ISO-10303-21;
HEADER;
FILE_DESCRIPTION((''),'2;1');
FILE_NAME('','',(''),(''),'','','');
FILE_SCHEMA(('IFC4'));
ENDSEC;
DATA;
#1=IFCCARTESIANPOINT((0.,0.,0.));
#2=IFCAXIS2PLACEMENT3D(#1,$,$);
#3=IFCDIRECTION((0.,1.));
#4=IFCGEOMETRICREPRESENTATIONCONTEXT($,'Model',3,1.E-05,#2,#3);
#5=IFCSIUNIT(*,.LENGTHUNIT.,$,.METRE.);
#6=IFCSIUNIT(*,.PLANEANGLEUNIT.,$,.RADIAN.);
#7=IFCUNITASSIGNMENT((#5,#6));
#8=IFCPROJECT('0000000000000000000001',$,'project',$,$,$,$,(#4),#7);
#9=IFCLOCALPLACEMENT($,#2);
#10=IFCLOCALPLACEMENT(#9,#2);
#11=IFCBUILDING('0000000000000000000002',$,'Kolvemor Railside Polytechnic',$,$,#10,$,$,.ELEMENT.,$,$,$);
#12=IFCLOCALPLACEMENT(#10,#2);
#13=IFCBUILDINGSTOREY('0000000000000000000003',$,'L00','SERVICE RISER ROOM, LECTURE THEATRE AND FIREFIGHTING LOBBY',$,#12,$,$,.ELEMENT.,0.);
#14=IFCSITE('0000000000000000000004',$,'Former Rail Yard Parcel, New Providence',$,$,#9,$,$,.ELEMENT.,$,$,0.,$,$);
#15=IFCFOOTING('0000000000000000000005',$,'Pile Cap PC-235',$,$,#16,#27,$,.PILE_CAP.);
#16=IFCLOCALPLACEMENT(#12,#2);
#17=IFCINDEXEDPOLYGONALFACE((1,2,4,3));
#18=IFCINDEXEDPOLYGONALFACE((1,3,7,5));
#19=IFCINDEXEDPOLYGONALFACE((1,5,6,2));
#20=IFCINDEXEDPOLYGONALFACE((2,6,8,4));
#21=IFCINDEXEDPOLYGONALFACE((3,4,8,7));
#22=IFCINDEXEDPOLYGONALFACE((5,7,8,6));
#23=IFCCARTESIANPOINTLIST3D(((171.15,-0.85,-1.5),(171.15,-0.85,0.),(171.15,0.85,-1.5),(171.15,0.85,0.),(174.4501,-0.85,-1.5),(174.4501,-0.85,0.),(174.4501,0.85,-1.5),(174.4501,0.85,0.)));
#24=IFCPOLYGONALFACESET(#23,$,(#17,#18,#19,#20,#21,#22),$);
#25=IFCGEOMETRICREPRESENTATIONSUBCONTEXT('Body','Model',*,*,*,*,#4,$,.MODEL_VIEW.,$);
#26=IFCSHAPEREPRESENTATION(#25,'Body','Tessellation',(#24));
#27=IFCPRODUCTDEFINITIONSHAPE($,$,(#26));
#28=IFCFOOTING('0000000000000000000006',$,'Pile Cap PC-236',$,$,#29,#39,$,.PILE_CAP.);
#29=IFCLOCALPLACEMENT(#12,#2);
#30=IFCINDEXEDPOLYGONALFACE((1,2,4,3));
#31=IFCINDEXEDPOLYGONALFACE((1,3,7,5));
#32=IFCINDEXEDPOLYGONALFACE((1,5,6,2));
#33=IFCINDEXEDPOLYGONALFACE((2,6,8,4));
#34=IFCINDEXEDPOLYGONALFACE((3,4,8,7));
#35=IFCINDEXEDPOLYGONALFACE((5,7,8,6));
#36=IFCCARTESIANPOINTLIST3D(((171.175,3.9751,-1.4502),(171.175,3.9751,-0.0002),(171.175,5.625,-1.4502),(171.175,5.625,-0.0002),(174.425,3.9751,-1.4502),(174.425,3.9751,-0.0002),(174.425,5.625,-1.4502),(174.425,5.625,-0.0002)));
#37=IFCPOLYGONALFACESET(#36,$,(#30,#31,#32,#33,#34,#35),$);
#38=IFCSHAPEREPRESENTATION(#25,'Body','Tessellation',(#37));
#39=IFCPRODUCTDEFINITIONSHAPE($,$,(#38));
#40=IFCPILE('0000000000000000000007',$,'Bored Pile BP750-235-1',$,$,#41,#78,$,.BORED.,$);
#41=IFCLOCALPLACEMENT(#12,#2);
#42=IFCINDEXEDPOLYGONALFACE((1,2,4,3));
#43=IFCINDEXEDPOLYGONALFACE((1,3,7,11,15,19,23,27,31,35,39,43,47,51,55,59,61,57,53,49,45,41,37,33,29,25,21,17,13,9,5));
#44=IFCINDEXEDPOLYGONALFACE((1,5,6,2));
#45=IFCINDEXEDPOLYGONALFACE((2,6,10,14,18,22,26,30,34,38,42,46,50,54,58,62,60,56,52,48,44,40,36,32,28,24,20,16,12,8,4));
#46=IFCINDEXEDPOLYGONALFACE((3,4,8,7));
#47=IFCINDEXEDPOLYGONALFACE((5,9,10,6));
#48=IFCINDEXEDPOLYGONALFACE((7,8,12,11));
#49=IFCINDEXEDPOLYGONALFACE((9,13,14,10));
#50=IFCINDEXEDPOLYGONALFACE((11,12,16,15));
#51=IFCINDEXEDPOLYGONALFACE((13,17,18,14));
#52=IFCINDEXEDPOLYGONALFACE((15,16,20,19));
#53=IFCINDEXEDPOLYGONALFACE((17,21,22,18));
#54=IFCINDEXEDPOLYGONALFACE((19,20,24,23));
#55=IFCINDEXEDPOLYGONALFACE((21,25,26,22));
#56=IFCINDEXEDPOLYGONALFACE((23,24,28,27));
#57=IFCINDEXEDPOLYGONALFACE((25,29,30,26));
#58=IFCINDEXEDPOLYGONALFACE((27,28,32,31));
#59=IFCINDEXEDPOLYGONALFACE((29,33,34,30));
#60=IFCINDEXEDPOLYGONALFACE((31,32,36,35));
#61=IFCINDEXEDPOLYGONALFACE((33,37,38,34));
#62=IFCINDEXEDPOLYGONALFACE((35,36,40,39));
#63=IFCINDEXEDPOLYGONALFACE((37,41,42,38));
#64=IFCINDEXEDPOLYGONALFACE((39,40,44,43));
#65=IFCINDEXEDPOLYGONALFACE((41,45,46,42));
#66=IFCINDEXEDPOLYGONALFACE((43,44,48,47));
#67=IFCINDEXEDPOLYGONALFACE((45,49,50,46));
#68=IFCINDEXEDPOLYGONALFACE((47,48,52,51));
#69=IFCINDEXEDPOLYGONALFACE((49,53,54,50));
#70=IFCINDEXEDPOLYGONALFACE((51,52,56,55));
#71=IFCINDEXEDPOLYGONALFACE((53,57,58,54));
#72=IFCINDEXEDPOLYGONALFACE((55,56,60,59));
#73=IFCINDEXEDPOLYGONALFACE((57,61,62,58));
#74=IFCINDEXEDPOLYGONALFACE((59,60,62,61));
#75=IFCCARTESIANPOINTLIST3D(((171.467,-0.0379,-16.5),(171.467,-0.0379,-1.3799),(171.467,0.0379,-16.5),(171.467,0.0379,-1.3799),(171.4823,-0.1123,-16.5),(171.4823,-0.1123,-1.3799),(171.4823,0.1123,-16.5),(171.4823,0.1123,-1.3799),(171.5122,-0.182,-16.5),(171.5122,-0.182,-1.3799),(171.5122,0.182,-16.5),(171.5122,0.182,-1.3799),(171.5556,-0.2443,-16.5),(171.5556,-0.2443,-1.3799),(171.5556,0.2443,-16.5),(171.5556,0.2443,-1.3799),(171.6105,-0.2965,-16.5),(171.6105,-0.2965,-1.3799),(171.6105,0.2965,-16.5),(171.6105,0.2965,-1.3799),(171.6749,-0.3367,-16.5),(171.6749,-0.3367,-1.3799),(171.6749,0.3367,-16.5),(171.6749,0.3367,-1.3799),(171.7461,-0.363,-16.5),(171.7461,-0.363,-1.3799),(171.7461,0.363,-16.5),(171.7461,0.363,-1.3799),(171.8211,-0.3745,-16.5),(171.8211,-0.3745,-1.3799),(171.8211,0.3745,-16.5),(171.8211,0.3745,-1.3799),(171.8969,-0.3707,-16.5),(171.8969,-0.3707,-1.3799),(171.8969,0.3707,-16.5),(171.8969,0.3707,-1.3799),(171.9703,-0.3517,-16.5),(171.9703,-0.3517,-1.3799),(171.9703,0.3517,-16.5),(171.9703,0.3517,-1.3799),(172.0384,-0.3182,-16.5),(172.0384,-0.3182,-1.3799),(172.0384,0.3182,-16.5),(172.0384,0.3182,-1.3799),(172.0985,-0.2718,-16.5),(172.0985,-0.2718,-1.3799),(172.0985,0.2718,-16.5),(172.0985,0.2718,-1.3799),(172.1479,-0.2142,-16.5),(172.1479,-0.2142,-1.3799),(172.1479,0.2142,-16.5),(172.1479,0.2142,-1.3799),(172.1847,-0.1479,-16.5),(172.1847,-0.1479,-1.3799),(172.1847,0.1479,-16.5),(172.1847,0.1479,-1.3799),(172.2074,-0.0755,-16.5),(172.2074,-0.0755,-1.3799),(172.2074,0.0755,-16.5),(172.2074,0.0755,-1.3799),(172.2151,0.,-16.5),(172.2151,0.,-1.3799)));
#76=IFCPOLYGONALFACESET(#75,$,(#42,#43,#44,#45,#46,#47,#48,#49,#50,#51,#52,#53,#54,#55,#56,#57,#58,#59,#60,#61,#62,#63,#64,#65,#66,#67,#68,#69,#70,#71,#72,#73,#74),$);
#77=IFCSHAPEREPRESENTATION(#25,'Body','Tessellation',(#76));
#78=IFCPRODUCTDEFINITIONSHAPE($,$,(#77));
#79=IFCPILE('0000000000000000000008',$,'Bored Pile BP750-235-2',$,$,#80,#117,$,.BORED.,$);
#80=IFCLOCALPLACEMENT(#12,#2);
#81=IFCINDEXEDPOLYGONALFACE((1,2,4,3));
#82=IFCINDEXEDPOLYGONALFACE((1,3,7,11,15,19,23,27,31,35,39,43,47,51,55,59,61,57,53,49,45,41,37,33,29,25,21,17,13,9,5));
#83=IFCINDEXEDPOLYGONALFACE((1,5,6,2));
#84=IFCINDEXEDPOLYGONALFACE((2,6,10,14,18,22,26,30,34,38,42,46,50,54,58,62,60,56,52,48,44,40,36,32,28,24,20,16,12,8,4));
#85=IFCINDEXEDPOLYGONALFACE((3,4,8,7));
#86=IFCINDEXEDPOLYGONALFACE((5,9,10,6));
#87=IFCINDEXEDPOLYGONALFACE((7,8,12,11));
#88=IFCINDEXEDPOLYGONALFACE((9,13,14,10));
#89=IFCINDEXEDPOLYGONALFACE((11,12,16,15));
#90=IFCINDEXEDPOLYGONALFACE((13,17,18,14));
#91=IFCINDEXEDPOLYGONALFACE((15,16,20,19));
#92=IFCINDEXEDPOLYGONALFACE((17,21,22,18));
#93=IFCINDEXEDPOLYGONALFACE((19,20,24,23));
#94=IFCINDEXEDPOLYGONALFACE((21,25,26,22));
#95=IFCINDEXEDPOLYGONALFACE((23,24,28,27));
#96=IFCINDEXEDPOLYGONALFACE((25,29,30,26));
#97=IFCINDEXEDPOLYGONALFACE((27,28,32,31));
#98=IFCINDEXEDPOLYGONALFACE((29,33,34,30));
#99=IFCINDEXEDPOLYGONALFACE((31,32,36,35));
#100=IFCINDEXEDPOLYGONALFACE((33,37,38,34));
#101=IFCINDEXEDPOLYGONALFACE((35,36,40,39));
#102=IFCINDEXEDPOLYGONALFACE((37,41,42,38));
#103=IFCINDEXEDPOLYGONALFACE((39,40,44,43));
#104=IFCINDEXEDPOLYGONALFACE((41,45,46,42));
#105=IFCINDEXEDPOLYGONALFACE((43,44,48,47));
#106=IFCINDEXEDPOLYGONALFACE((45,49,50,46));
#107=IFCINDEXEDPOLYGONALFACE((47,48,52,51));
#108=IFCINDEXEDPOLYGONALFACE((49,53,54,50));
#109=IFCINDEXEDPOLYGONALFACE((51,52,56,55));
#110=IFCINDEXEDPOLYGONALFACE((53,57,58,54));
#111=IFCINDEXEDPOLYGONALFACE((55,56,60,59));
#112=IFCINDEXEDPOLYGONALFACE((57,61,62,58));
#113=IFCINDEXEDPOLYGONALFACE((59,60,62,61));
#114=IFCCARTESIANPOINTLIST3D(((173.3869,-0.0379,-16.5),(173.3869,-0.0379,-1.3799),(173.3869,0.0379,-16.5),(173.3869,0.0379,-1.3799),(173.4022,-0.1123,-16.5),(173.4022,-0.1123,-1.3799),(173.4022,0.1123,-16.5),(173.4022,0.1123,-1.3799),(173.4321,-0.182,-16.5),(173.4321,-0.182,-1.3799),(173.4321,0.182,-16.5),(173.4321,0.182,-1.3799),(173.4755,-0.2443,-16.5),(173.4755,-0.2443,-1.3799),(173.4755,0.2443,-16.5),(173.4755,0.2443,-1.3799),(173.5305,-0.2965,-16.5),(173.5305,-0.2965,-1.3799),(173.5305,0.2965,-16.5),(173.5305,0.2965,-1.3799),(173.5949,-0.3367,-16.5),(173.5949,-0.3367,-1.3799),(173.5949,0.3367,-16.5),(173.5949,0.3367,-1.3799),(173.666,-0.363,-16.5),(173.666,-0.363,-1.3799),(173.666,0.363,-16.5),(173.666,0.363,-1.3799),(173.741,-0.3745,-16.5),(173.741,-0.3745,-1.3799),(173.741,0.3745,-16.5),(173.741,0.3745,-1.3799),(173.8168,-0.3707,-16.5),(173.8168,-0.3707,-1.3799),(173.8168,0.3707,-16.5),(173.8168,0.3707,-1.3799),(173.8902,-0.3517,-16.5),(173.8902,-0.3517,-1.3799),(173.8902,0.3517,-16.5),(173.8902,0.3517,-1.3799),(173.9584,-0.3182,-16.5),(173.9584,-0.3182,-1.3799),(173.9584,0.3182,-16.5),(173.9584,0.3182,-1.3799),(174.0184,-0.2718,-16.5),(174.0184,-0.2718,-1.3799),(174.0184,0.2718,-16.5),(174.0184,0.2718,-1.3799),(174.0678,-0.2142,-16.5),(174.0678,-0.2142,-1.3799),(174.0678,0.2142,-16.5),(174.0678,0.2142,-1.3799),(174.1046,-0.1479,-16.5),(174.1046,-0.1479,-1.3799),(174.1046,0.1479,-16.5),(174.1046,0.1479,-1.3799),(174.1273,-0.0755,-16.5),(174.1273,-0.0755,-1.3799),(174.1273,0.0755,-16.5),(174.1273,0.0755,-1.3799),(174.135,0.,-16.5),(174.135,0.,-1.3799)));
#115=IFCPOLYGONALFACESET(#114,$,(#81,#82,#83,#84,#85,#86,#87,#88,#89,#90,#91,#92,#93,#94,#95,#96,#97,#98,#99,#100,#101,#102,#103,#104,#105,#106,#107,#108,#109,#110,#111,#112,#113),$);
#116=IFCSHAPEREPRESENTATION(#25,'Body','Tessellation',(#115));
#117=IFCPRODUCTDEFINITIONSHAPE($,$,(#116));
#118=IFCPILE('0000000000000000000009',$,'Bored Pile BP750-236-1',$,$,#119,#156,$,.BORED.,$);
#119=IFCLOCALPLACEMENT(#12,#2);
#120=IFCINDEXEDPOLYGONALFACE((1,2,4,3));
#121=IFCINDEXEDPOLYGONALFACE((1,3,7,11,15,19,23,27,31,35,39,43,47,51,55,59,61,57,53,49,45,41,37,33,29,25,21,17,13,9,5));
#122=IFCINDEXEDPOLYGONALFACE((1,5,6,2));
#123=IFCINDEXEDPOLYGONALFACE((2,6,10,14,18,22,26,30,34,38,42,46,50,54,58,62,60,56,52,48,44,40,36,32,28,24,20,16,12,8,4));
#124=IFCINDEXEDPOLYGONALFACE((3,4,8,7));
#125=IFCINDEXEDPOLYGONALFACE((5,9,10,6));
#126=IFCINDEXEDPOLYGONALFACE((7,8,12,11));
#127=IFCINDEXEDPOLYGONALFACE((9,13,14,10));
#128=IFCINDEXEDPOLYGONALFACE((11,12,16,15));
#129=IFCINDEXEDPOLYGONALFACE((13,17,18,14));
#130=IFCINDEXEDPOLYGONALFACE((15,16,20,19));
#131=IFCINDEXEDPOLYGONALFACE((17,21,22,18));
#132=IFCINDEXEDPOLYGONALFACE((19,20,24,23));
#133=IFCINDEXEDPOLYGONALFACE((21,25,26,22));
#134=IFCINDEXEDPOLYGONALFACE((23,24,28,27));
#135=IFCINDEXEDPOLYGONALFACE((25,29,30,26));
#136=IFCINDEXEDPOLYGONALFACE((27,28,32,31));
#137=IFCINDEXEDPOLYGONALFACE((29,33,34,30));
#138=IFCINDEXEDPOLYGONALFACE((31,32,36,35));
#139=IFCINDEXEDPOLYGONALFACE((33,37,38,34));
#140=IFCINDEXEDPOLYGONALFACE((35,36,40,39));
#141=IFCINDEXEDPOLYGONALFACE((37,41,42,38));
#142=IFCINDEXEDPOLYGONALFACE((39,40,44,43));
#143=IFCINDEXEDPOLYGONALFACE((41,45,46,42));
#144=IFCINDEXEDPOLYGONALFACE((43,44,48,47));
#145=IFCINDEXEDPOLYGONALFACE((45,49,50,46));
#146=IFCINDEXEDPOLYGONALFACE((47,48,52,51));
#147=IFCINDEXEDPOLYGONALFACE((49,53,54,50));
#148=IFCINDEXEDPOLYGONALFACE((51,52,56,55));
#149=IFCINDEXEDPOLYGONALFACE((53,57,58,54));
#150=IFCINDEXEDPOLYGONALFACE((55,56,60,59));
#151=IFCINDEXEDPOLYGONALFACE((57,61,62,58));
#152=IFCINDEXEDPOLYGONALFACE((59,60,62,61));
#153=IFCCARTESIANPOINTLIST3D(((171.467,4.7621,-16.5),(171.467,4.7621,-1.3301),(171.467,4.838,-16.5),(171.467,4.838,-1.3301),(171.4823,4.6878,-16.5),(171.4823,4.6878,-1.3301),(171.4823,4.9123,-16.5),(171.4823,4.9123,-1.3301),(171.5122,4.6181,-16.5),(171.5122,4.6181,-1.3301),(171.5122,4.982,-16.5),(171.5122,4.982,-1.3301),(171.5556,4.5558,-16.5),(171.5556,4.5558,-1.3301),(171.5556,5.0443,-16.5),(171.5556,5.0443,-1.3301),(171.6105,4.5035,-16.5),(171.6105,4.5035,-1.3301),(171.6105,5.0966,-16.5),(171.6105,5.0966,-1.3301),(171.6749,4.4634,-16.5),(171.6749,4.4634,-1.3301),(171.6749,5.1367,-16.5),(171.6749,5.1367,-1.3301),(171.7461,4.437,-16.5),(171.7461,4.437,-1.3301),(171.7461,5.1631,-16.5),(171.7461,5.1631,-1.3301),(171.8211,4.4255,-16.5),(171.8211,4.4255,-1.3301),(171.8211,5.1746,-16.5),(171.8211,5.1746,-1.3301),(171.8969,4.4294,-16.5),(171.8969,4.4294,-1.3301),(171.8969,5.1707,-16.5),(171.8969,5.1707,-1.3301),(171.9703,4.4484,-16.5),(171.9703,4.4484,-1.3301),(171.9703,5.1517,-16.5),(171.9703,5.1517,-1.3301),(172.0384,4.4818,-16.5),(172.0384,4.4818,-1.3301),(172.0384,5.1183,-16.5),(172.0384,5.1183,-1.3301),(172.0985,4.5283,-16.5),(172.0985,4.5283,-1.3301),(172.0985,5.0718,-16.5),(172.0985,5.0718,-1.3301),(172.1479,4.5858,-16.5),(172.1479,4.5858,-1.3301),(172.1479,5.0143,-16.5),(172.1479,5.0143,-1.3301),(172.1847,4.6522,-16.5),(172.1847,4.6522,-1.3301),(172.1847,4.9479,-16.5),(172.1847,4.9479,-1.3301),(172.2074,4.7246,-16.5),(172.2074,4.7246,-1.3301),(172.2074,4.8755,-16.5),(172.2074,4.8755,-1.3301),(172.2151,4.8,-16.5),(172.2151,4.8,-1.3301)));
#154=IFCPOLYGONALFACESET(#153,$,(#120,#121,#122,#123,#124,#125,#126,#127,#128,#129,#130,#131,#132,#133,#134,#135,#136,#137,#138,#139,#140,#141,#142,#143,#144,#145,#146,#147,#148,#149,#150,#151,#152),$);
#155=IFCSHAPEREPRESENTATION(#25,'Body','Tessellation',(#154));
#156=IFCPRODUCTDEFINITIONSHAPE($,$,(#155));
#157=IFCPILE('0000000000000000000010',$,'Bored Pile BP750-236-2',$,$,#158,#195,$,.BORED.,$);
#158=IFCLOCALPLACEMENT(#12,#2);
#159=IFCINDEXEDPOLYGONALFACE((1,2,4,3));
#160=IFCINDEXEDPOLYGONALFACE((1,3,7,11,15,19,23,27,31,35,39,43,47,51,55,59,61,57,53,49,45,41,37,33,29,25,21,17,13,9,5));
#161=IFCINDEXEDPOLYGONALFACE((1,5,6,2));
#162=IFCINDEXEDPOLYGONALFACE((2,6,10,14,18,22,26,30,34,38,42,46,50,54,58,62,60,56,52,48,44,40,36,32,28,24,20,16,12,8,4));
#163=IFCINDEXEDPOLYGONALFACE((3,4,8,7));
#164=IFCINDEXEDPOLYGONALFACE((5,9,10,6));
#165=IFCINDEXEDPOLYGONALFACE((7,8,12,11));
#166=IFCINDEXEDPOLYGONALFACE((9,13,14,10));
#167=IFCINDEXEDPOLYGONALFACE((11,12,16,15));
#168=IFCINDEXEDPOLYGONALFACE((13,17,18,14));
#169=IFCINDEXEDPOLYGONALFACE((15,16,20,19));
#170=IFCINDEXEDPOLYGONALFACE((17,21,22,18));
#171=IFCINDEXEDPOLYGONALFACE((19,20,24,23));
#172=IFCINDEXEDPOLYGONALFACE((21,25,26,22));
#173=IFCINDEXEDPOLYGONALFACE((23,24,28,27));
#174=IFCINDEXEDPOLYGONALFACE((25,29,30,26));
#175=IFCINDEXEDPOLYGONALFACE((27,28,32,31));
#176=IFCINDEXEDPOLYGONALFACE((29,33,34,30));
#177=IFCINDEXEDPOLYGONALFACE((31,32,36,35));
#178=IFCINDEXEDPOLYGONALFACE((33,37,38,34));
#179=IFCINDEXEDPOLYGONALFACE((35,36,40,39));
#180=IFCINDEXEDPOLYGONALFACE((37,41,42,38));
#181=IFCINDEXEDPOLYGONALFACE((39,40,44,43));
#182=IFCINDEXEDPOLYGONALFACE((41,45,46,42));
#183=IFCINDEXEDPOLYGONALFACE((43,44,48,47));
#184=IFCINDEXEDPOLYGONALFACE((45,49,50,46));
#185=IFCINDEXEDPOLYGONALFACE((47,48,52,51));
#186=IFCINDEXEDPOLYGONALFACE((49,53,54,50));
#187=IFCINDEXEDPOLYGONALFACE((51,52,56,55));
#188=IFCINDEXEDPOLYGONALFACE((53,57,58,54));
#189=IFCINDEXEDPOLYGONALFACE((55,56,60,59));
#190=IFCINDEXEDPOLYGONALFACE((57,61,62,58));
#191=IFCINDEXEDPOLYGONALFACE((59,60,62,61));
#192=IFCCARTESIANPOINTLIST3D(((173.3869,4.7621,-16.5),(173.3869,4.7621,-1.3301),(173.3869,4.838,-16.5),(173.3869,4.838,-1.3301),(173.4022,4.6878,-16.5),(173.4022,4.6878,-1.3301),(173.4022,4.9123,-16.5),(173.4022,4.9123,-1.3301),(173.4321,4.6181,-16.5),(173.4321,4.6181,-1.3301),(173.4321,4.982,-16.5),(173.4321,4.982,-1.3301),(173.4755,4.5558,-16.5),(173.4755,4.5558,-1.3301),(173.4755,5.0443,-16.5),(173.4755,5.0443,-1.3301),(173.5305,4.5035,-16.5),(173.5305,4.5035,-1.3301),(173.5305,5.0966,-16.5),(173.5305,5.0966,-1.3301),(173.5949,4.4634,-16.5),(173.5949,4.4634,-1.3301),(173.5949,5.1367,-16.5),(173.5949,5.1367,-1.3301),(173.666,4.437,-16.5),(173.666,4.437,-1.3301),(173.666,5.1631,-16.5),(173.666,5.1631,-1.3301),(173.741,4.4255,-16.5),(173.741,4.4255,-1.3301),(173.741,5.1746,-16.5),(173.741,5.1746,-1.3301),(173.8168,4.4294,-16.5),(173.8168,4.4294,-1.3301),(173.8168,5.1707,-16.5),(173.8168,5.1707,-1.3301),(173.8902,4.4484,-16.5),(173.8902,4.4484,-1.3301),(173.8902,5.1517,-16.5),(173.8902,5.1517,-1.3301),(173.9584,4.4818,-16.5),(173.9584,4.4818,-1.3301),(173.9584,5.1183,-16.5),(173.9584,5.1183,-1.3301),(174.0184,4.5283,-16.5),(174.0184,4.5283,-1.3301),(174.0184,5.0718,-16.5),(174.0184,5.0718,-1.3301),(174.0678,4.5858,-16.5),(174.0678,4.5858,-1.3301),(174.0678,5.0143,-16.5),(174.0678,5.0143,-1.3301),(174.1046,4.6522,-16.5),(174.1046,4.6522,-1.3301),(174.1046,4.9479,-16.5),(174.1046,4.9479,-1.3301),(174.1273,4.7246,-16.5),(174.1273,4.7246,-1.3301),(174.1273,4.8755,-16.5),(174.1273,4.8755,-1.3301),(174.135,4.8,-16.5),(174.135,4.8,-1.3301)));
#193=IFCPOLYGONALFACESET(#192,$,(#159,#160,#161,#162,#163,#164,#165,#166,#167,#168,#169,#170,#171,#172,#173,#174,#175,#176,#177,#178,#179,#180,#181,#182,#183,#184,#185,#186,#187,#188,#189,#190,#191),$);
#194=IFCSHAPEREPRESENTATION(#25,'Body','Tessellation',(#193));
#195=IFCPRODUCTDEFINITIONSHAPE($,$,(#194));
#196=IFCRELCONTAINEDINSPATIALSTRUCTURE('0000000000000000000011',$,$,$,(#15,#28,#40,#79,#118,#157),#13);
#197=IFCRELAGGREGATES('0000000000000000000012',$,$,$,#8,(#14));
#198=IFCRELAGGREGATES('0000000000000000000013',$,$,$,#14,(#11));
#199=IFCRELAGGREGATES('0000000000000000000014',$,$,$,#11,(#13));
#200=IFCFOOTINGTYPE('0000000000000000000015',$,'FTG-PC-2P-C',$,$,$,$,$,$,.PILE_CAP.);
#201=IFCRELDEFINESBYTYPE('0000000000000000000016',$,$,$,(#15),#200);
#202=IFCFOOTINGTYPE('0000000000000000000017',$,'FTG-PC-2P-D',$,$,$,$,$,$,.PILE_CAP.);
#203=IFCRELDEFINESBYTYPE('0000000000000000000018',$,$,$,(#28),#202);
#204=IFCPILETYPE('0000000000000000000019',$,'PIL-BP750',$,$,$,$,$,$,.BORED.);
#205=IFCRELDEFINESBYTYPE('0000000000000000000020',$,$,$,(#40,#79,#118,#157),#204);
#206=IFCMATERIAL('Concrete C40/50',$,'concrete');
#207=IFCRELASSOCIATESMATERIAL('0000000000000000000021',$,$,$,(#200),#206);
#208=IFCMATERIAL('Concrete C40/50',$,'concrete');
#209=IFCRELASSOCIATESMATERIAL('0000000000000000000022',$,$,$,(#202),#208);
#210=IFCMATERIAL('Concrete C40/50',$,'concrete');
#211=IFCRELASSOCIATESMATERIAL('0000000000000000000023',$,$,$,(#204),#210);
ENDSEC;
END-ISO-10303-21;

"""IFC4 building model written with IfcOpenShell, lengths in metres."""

from ifc_helpers import new_model, si_unit, direction, frame, origin, origin_2d, place, context, subcontext, project, spatial, rectangle, circle, extrude, material, material_profile, profile_set, type_object, element, save


model = new_model("IFC4")

# Units and contexts
model_context = context("Model", 3, precision=1e-05, world=origin(), true_north=direction((0.0, 1.0)))
body_context = subcontext(model_context, "Body", "Model", "MODEL_VIEW")
ifc_project = project(units=[si_unit("LENGTHUNIT", "METRE"), si_unit("PLANEANGLEUNIT", "RADIAN")], contexts=[model_context])

# Site, building, storey
site_placement = place(None, origin())
site = spatial("IfcSite", under=ifc_project, at=site_placement, Name="Former Rail Yard Parcel, New Providence", CompositionType="ELEMENT", RefElevation=0.0)
building_placement = place(site_placement, origin())
building = spatial("IfcBuilding", under=site, at=building_placement, Name="Kolvemor Railside Polytechnic", CompositionType="ELEMENT")
storey_placement = place(building_placement, origin())
storey = spatial("IfcBuildingStorey", under=building, at=storey_placement, Name="L00", Description="SERVICE RISER ROOM, LECTURE THEATRE AND FIREFIGHTING LOBBY", CompositionType="ELEMENT", Elevation=0.0)

# Footings
ifc_material_1 = material(Name="Concrete C40/50", Category="concrete")
footing_type_1 = type_object("IfcFootingType", Name="FTG-PC-2P-C", PredefinedType="PILE_CAP", material=ifc_material_1)
footing_1_placement = place(storey_placement, frame((172.8, 0.0, -1.5), z_axis=(0.0, 0.0, 1.0), x_axis=(1.0, 0.0, 0.0)))
element("IfcFooting", 1, at=footing_1_placement, inside=storey, type_object=footing_type_1, Name="Pile Cap PC-235", PredefinedType="PILE_CAP", context=body_context, shape_type="SweptSolid", body=[
    extrude(rectangle(XDim=3.3, YDim=1.7, at=origin_2d()), origin(), (0.0, 0.0, 1.0), 1.5),
])
ifc_material_2 = material(Name="Concrete C40/50", Category="concrete")
footing_type_2 = type_object("IfcFootingType", Name="FTG-PC-2P-D", PredefinedType="PILE_CAP", material=ifc_material_2)
footing_2_placement = place(storey_placement, frame((172.8, 4.8, -1.4502), z_axis=(0.0, 0.0, 1.0), x_axis=(1.0, 0.0, 0.0)))
element("IfcFooting", 2, at=footing_2_placement, inside=storey, type_object=footing_type_2, Name="Pile Cap PC-236", PredefinedType="PILE_CAP", context=body_context, shape_type="SweptSolid", body=[
    extrude(rectangle(XDim=3.25, YDim=1.6499, at=origin_2d()), origin(), (0.0, 0.0, 1.0), 1.45),
])

# Piles
ifc_material_3 = material(Name="Concrete C40/50", Category="concrete")
ifc_material_profile_1 = material_profile(ifc_material_3, circle(Radius=0.375, at=origin_2d()), Name="BP750")
ifc_profile_set_1 = profile_set([ifc_material_profile_1], Name="Concrete C40/50")
pile_type = type_object("IfcPileType", Name="PIL-BP750", PredefinedType="BORED", material=ifc_profile_set_1)
for number, where, z_axis, x_axis, name in (
    (3, (171.8401, 0.0, -1.3799), (0.0, 0.0, -1.0), (1.0, 0.0, 0.0), "Bored Pile BP750-235-1"),
    (4, (173.76, 0.0, -1.3799), (0.0, 0.0, -1.0), (1.0, 0.0, 0.0), "Bored Pile BP750-235-2"),
):
    element("IfcPile", number, at=place(storey_placement, frame(where, z_axis=z_axis, x_axis=x_axis)), inside=storey, type_object=pile_type, Name=name, PredefinedType="BORED", context=body_context, shape_type="SweptSolid", body=[
        extrude(circle(Radius=0.375, at=origin_2d()), origin(), (0.0, 0.0, 1.0), 15.1201),
    ])
for number, where, z_axis, x_axis, name in (
    (5, (171.8401, 4.8, -1.3301), (0.0, 0.0, -1.0), (1.0, 0.0, 0.0), "Bored Pile BP750-236-1"),
    (6, (173.76, 4.8, -1.3301), (0.0, 0.0, -1.0), (1.0, 0.0, 0.0), "Bored Pile BP750-236-2"),
):
    element("IfcPile", number, at=place(storey_placement, frame(where, z_axis=z_axis, x_axis=x_axis)), inside=storey, type_object=pile_type, Name=name, PredefinedType="BORED", context=body_context, shape_type="SweptSolid", body=[
        extrude(circle(Radius=0.375, at=origin_2d()), origin(), (0.0, 0.0, 1.0), 15.1699),
    ])

save(model, "model.ifc")
